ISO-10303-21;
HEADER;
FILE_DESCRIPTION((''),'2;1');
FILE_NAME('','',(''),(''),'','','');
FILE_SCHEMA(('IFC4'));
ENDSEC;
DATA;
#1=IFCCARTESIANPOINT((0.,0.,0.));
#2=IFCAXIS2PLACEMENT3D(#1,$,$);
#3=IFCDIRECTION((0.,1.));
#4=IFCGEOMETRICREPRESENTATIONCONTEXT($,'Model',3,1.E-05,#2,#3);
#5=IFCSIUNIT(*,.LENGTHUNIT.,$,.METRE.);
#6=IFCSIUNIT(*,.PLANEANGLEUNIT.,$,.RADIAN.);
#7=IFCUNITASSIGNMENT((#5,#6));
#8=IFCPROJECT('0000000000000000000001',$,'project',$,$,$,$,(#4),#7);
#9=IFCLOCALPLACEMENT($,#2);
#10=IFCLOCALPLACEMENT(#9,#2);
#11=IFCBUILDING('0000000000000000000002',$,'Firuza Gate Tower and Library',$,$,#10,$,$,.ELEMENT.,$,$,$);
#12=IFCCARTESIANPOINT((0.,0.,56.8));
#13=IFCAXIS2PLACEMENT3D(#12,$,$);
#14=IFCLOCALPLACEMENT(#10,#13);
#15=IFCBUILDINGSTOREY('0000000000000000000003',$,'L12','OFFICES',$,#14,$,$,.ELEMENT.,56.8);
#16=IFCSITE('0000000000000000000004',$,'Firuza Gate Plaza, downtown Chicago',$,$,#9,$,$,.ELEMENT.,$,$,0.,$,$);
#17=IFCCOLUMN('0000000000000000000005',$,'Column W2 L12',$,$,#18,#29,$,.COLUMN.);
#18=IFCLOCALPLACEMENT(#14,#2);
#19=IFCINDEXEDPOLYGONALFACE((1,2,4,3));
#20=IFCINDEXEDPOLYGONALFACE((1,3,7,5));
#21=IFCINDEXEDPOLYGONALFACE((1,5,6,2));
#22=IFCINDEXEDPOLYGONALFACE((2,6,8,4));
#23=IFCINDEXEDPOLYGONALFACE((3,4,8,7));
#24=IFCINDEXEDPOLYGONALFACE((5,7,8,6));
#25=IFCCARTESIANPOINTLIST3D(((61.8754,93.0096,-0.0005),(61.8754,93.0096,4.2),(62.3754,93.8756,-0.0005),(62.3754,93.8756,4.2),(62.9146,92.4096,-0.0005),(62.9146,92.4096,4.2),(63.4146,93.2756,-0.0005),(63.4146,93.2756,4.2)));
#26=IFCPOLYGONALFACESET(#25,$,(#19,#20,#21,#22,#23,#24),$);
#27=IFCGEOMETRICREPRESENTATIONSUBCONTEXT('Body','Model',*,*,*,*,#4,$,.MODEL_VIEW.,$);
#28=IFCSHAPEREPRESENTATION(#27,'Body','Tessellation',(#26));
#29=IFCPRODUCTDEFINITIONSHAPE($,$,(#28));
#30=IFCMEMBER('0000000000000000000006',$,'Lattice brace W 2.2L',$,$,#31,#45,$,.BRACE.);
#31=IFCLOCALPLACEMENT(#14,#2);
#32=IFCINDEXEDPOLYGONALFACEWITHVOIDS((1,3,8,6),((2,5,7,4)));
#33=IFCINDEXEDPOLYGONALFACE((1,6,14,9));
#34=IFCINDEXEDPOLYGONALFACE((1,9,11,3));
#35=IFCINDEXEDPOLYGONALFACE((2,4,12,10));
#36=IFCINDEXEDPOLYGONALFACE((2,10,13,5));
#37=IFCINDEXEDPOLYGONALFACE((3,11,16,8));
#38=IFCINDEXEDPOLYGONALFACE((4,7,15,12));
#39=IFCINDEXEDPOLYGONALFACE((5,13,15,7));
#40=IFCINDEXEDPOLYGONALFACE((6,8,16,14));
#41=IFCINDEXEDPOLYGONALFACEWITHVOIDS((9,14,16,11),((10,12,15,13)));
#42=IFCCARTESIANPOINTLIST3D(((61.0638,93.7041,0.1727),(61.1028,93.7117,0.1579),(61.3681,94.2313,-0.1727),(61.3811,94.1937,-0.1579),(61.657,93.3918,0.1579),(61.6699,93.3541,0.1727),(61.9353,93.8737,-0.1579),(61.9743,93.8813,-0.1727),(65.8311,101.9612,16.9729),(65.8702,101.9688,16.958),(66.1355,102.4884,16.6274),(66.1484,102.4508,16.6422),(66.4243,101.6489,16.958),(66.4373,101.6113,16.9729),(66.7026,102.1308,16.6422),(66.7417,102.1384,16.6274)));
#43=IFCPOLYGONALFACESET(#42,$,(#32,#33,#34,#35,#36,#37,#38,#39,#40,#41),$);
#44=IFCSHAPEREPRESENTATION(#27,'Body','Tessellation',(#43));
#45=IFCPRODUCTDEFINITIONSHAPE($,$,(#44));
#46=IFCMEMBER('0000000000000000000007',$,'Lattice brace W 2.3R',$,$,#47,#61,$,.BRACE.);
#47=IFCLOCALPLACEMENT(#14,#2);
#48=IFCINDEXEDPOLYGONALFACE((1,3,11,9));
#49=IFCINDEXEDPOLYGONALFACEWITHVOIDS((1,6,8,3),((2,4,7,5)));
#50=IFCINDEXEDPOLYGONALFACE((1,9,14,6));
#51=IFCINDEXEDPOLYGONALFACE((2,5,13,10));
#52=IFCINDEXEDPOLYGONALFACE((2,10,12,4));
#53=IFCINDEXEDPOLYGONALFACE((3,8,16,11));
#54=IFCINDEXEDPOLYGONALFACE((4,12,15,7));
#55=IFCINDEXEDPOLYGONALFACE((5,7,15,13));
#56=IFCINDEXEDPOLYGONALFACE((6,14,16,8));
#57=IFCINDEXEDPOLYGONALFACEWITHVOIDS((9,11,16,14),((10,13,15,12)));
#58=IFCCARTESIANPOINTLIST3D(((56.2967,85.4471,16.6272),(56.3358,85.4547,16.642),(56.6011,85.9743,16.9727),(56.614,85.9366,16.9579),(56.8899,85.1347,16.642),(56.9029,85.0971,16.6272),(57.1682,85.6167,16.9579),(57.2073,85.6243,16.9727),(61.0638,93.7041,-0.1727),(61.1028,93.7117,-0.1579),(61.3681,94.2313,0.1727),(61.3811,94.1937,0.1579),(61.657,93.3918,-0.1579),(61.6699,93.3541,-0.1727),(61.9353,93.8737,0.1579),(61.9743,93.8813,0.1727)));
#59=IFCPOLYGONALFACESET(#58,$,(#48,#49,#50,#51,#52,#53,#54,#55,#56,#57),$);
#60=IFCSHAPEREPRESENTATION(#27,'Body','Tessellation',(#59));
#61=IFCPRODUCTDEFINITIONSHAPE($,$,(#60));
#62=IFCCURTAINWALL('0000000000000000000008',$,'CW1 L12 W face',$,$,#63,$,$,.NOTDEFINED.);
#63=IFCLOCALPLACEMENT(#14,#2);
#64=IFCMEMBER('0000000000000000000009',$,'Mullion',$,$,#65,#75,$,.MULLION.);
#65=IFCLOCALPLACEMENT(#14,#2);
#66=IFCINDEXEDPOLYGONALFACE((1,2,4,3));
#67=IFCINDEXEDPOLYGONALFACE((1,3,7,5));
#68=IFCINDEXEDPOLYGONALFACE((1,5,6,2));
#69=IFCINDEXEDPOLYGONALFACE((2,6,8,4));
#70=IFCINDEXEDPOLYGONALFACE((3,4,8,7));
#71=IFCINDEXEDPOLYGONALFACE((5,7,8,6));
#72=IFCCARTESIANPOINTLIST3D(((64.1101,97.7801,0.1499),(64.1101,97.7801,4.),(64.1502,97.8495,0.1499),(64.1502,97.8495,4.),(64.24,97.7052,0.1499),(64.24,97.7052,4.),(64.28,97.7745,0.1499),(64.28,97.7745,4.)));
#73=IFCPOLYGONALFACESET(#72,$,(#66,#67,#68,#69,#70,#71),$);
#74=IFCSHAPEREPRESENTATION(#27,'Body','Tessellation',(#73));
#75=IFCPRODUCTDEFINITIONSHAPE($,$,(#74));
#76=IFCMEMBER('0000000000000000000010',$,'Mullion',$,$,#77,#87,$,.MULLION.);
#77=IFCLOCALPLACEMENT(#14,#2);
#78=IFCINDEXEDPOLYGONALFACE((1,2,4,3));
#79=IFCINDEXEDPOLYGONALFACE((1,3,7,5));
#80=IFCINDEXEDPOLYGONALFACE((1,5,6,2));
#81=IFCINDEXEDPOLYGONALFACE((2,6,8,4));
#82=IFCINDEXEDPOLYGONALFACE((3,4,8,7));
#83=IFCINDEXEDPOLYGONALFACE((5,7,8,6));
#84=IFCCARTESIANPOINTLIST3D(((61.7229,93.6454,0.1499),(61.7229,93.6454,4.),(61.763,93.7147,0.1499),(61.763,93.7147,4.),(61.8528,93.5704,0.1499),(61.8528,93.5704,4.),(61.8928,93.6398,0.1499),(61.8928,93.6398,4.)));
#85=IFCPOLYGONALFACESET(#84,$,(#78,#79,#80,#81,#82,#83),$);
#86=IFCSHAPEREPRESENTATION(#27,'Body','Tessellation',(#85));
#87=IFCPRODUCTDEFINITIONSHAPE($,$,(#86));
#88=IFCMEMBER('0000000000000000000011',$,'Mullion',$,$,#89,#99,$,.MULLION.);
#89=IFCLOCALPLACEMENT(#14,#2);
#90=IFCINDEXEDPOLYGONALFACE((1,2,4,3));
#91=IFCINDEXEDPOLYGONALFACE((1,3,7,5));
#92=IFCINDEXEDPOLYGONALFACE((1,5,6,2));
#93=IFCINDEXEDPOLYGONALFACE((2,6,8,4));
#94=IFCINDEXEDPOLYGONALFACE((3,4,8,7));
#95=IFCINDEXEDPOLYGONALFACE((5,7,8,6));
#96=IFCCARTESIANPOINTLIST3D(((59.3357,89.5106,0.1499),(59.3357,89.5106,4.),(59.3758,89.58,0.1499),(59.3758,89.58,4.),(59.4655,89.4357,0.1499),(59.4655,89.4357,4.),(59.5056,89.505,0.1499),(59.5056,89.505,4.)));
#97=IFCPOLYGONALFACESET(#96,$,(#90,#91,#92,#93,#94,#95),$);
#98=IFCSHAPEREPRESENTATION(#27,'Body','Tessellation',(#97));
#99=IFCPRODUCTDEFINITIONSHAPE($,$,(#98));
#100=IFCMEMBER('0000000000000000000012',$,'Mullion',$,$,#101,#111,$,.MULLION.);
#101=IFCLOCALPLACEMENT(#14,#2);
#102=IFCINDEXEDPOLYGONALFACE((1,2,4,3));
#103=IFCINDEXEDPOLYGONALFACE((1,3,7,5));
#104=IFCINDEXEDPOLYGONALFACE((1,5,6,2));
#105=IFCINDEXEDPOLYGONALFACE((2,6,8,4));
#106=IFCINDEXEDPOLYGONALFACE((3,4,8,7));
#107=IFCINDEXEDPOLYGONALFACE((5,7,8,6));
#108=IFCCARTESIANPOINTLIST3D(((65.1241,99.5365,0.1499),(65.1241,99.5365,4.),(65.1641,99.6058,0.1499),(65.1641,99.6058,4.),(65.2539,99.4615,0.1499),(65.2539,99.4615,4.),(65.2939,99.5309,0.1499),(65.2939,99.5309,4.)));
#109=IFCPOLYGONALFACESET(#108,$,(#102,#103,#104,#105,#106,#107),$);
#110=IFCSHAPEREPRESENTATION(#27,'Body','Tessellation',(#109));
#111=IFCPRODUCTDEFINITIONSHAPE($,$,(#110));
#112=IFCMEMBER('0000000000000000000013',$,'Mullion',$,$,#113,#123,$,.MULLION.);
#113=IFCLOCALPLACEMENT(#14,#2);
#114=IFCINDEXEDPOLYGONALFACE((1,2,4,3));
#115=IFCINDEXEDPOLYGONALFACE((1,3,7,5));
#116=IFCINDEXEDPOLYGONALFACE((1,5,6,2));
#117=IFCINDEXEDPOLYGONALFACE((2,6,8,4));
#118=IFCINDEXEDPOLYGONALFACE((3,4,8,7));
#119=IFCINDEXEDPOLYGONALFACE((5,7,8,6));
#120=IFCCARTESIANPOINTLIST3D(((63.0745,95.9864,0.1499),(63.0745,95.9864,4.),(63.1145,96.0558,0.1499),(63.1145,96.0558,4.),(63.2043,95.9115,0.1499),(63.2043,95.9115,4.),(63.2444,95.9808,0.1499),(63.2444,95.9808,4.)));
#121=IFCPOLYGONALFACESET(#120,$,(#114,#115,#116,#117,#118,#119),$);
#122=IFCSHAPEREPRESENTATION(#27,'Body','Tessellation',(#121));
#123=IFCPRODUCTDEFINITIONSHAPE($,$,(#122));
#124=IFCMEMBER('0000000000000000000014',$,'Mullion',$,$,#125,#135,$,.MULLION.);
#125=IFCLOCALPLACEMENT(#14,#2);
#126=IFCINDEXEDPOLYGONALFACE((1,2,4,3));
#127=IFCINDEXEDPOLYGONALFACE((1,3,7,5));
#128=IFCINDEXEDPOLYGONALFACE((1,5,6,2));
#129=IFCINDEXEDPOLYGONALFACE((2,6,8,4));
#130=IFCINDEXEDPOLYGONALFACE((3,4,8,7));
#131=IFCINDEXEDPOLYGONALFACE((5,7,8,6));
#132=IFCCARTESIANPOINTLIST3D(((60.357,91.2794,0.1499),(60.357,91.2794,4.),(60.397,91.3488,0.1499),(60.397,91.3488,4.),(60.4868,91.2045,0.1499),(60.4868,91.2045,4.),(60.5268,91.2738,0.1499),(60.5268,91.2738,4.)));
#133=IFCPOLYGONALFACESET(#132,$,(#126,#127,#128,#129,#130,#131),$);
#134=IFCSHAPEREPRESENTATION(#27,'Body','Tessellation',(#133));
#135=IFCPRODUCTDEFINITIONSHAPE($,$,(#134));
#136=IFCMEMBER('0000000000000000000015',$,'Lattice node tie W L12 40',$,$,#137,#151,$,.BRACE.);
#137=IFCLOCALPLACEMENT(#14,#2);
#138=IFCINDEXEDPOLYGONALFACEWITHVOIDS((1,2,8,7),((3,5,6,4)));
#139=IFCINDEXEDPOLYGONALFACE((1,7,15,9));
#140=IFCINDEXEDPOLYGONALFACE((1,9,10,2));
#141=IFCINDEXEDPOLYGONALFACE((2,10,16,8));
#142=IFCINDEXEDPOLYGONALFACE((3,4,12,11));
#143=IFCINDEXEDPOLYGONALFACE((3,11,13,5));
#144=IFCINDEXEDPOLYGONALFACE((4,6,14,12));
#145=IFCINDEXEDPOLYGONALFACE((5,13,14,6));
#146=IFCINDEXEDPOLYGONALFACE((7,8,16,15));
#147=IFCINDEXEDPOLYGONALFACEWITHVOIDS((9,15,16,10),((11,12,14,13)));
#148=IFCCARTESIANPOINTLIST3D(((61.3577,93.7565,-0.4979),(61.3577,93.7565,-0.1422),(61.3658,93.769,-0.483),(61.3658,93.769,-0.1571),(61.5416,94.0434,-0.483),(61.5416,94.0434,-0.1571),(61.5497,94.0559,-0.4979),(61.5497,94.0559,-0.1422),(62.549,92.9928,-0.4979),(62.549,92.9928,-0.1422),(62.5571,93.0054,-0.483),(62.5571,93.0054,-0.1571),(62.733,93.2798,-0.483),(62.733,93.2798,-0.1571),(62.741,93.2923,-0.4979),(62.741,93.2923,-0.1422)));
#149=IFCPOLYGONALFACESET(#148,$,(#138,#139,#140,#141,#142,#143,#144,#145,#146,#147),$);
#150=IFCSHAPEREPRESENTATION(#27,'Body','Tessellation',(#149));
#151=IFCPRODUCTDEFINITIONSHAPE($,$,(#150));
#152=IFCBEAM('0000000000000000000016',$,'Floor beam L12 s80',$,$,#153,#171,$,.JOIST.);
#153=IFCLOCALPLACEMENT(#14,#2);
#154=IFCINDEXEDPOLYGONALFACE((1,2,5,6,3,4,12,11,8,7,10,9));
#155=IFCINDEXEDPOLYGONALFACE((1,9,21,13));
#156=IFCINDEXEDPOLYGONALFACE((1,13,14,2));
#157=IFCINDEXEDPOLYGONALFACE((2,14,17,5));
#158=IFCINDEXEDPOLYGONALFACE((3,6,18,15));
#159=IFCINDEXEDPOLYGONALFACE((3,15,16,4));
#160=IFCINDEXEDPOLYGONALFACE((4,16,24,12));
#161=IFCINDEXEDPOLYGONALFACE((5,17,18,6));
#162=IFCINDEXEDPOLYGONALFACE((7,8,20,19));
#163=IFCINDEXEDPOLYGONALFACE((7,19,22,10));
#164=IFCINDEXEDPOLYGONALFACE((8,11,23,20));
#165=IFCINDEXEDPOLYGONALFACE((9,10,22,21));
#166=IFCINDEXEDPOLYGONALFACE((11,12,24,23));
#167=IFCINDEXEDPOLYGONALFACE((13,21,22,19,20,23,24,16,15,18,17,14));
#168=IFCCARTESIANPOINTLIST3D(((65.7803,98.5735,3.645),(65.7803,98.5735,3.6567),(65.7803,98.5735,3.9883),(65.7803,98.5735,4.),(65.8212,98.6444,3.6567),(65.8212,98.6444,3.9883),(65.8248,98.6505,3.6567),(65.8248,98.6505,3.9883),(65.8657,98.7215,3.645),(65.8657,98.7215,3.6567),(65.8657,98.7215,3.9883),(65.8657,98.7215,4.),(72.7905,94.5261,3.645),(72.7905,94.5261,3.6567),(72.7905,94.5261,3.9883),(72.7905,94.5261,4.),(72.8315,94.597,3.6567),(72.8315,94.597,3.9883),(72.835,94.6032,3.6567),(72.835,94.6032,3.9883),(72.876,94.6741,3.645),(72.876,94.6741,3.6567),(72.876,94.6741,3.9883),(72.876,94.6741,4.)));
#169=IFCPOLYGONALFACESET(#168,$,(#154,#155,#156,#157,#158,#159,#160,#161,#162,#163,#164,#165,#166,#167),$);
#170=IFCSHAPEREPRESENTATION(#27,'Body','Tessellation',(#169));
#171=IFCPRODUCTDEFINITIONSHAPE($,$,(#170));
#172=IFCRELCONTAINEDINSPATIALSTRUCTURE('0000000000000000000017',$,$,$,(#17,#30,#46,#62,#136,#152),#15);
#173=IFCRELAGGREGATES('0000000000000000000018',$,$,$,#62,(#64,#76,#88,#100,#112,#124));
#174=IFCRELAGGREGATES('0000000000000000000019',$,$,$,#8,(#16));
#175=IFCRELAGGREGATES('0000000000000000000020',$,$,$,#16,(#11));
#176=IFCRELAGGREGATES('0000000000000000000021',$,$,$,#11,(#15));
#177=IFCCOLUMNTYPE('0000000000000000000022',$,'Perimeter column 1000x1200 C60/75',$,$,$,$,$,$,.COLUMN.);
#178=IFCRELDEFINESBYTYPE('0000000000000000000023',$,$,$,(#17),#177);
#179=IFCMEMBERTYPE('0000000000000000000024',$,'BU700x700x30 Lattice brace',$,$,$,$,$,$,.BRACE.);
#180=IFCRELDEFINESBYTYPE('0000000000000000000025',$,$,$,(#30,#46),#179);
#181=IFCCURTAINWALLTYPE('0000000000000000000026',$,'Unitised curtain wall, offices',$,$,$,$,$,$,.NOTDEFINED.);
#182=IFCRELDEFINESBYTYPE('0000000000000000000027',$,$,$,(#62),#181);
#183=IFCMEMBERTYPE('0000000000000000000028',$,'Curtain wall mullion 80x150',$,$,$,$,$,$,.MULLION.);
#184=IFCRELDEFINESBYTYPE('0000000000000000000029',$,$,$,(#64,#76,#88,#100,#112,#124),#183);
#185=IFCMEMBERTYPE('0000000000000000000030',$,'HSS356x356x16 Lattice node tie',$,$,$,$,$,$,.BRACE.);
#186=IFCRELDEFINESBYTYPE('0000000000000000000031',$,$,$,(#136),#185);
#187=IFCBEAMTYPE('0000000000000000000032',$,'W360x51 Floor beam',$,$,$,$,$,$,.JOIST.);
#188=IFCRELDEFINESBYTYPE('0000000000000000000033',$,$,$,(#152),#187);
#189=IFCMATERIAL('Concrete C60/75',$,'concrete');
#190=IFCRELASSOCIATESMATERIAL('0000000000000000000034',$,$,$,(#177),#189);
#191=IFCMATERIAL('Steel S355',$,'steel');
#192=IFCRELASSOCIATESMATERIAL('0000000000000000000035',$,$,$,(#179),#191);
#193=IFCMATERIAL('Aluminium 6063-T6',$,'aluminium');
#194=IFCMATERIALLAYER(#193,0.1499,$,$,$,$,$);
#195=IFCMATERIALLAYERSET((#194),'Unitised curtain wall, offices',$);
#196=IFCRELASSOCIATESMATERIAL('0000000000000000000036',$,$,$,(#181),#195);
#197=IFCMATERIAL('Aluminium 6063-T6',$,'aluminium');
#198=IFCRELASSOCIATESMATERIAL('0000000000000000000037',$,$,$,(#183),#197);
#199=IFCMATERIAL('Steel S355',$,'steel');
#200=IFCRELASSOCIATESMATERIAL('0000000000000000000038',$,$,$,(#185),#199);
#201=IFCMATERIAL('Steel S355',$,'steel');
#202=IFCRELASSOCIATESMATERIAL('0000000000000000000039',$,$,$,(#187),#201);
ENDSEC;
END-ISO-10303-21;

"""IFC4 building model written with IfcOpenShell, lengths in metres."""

from ifc_helpers import new_model, si_unit, direction, frame, origin, origin_2d, place, context, subcontext, project, spatial, rectangle, hollow_rectangle, i_section, extrude, material, layer, layer_set, material_profile, profile_set, type_object, element, aggregate, save


model = new_model("IFC4")

# Units and contexts
model_context = context("Model", 3, precision=1e-05, world=origin(), true_north=direction((0.0, 1.0)))
body_context = subcontext(model_context, "Body", "Model", "MODEL_VIEW")
ifc_project = project(units=[si_unit("LENGTHUNIT", "METRE"), si_unit("PLANEANGLEUNIT", "RADIAN")], contexts=[model_context])

# Site, building, storey
site_placement = place(None, origin())
site = spatial("IfcSite", under=ifc_project, at=site_placement, Name="Firuza Gate Plaza, downtown Chicago", CompositionType="ELEMENT", RefElevation=0.0)
building_placement = place(site_placement, origin())
building = spatial("IfcBuilding", under=site, at=building_placement, Name="Firuza Gate Tower and Library", CompositionType="ELEMENT")
storey_placement = place(building_placement, frame((0.0, 0.0, 56.8)))
storey = spatial("IfcBuildingStorey", under=building, at=storey_placement, Name="L12", Description="OFFICES", CompositionType="ELEMENT", Elevation=56.8)

# Column
ifc_material_1 = material(Name="Concrete C60/75", Category="concrete")
ifc_material_profile_1 = material_profile(ifc_material_1, rectangle(XDim=1.0, YDim=1.2, at=origin_2d()))
ifc_profile_set_1 = profile_set([ifc_material_profile_1], Name="Concrete C60/75")
column_type = type_object("IfcColumnType", Name="Perimeter column 1000x1200 C60/75", PredefinedType="COLUMN", material=ifc_profile_set_1)
column_placement = place(storey_placement, frame((62.645, 93.1426, -0.0005), z_axis=(0.0, 0.0, 1.0), x_axis=(-0.5, -0.866025, 0.0)))
element("IfcColumn", 1, at=column_placement, inside=storey, type_object=column_type, Name="Column W2 L12", PredefinedType="COLUMN", context=body_context, shape_type="SweptSolid", body=[
    extrude(rectangle(XDim=1.0, YDim=1.2, at=origin_2d()), origin(), (0.0, 0.0, 1.0), 4.2004),
])

# Members
ifc_material_2 = material(Name="Steel S355", Category="steel")
ifc_material_profile_2 = material_profile(ifc_material_2, hollow_rectangle(XDim=0.7, YDim=0.7, WallThickness=0.03, at=origin_2d()))
ifc_profile_set_2 = profile_set([ifc_material_profile_2], Name="Steel S355")
member_type_1 = type_object("IfcMemberType", Name="BU700x700x30 Lattice brace", PredefinedType="BRACE", material=ifc_profile_set_2)
member_1_placement = place(storey_placement, frame((61.519, 93.7927, 0.0), z_axis=(0.246794, 0.42745, 0.8697), x_axis=(-0.866021, 0.500008, 0.0)))
element("IfcMember", 2, at=member_1_placement, inside=storey, type_object=member_type_1, Name="Lattice brace W 2.2L", PredefinedType="BRACE", context=body_context, shape_type="SweptSolid", body=[
    extrude(hollow_rectangle(XDim=0.7, YDim=0.7, WallThickness=0.03, at=origin_2d()), origin(), (0.0, 0.0, 1.0), 19.3171),
])
member_2_placement = place(storey_placement, frame((61.519, 93.7927, 0.0), z_axis=(-0.246782, -0.427452, 0.869703), x_axis=(0.866032, -0.499989, 0.0)))
element("IfcMember", 3, at=member_2_placement, inside=storey, type_object=member_type_1, Name="Lattice brace W 2.3R", PredefinedType="BRACE", context=body_context, shape_type="SweptSolid", body=[
    extrude(hollow_rectangle(XDim=0.7, YDim=0.7, WallThickness=0.03, at=origin_2d()), origin(), (0.0, 0.0, 1.0), 19.3169),
])

# Curtain wall, members
ifc_material_3 = material(Name="Aluminium 6063-T6", Category="aluminium")
ifc_layer_1 = layer(ifc_material_3, 0.1499)
ifc_layer_set_1 = layer_set([ifc_layer_1], Name="Unitised curtain wall, offices")
curtain_wall_type = type_object("IfcCurtainWallType", Name="Unitised curtain wall, offices", PredefinedType="NOTDEFINED", material=ifc_layer_set_1)
placement = place(storey_placement, origin())
curtain_wall = element("IfcCurtainWall", 4, at=placement, inside=storey, type_object=curtain_wall_type, Name="CW1 L12 W face", PredefinedType="NOTDEFINED")
ifc_material_4 = material(Name="Aluminium 6063-T6", Category="aluminium")
ifc_material_profile_3 = material_profile(ifc_material_4, rectangle(XDim=0.1499, YDim=0.0801, at=origin_2d()))
ifc_profile_set_3 = profile_set([ifc_material_profile_3], Name="Aluminium 6063-T6")
member_type_2 = type_object("IfcMemberType", Name="Curtain wall mullion 80x150", PredefinedType="MULLION", material=ifc_profile_set_3)
member_3_placement = place(storey_placement, frame((64.1951, 97.7773, 0.1499), z_axis=(0.0, 0.0, 1.0), x_axis=(0.866025, -0.5, 0.0)))
member_3 = element("IfcMember", 5, at=member_3_placement, type_object=member_type_2, Name="Mullion", PredefinedType="MULLION", context=body_context, shape_type="SweptSolid", body=[
    extrude(rectangle(XDim=0.1499, YDim=0.0801, at=origin_2d()), origin(), (0.0, 0.0, 1.0), 3.8501),
])
member_4_placement = place(storey_placement, frame((61.8079, 93.6426, 0.1499), z_axis=(0.0, 0.0, 1.0), x_axis=(0.866025, -0.5, 0.0)))
member_4 = element("IfcMember", 6, at=member_4_placement, type_object=member_type_2, Name="Mullion", PredefinedType="MULLION", context=body_context, shape_type="SweptSolid", body=[
    extrude(rectangle(XDim=0.1499, YDim=0.0801, at=origin_2d()), origin(), (0.0, 0.0, 1.0), 3.8501),
])
member_5_placement = place(storey_placement, frame((59.4207, 89.5078, 0.1499), z_axis=(0.0, 0.0, 1.0), x_axis=(0.866025, -0.5, 0.0)))
member_5 = element("IfcMember", 7, at=member_5_placement, type_object=member_type_2, Name="Mullion", PredefinedType="MULLION", context=body_context, shape_type="SweptSolid", body=[
    extrude(rectangle(XDim=0.1499, YDim=0.0801, at=origin_2d()), origin(), (0.0, 0.0, 1.0), 3.8501),
])
member_6_placement = place(storey_placement, frame((65.209, 99.5337, 0.1499), z_axis=(0.0, 0.0, 1.0), x_axis=(0.866025, -0.5, 0.0)))
member_6 = element("IfcMember", 8, at=member_6_placement, type_object=member_type_2, Name="Mullion", PredefinedType="MULLION", context=body_context, shape_type="SweptSolid", body=[
    extrude(rectangle(XDim=0.1499, YDim=0.0801, at=origin_2d()), origin(), (0.0, 0.0, 1.0), 3.8501),
])
member_7_placement = place(storey_placement, frame((63.1594, 95.9836, 0.1499), z_axis=(0.0, 0.0, 1.0), x_axis=(0.866025, -0.5, 0.0)))
member_7 = element("IfcMember", 9, at=member_7_placement, type_object=member_type_2, Name="Mullion", PredefinedType="MULLION", context=body_context, shape_type="SweptSolid", body=[
    extrude(rectangle(XDim=0.1499, YDim=0.0801, at=origin_2d()), origin(), (0.0, 0.0, 1.0), 3.8501),
])
member_8_placement = place(storey_placement, frame((60.4419, 91.2766, 0.1499), z_axis=(0.0, 0.0, 1.0), x_axis=(0.866025, -0.5, 0.0)))
member_8 = element("IfcMember", 10, at=member_8_placement, type_object=member_type_2, Name="Mullion", PredefinedType="MULLION", context=body_context, shape_type="SweptSolid", body=[
    extrude(rectangle(XDim=0.1499, YDim=0.0801, at=origin_2d()), origin(), (0.0, 0.0, 1.0), 3.8501),
])

# Member
ifc_material_5 = material(Name="Steel S355", Category="steel")
ifc_material_profile_4 = material_profile(ifc_material_5, hollow_rectangle(XDim=0.3557, YDim=0.3557, WallThickness=0.0149, at=origin_2d()))
ifc_profile_set_4 = profile_set([ifc_material_profile_4], Name="Steel S355")
member_type_3 = type_object("IfcMemberType", Name="HSS356x356x16 Lattice node tie", PredefinedType="BRACE", material=ifc_profile_set_4)
member_9_placement = place(storey_placement, frame((62.645, 93.1426, -0.3201), z_axis=(-0.841895, 0.539641, 0.0), x_axis=(-0.539641, -0.841895, 0.0)))
element("IfcMember", 11, at=member_9_placement, inside=storey, type_object=member_type_3, Name="Lattice node tie W L12 40", PredefinedType="BRACE", context=body_context, shape_type="SweptSolid", body=[
    extrude(hollow_rectangle(XDim=0.3557, YDim=0.3557, WallThickness=0.0149, at=origin_2d()), origin(), (0.0, 0.0, 1.0), 1.415),
])

# Beam
ifc_material_6 = material(Name="Steel S355", Category="steel")
ifc_material_profile_5 = material_profile(ifc_material_6, i_section(OverallWidth=0.1709, OverallDepth=0.355, WebThickness=0.0071, FlangeThickness=0.0117, at=origin_2d()))
ifc_profile_set_5 = profile_set([ifc_material_profile_5], Name="Steel S355")
beam_type_1 = type_object("IfcBeamType", Name="W360x51 Floor beam", PredefinedType="JOIST", material=ifc_profile_set_5)
beam_1_placement = place(storey_placement, frame((65.823, 98.6475, 3.8225), z_axis=(0.866026, -0.499999, 0.0), x_axis=(0.499999, 0.866026, 0.0)))
element("IfcBeam", 12, at=beam_1_placement, inside=storey, type_object=beam_type_1, Name="Floor beam L12 s80", PredefinedType="JOIST", context=body_context, shape_type="SweptSolid", body=[
    extrude(i_section(OverallWidth=0.1709, OverallDepth=0.355, WebThickness=0.0071, FlangeThickness=0.0117, at=origin_2d()), origin(), (0.0, 0.0, 1.0), 8.0947),
])

aggregate(curtain_wall, [member_3, member_4, member_5, member_6, member_7, member_8])

save(model, "model.ifc")
